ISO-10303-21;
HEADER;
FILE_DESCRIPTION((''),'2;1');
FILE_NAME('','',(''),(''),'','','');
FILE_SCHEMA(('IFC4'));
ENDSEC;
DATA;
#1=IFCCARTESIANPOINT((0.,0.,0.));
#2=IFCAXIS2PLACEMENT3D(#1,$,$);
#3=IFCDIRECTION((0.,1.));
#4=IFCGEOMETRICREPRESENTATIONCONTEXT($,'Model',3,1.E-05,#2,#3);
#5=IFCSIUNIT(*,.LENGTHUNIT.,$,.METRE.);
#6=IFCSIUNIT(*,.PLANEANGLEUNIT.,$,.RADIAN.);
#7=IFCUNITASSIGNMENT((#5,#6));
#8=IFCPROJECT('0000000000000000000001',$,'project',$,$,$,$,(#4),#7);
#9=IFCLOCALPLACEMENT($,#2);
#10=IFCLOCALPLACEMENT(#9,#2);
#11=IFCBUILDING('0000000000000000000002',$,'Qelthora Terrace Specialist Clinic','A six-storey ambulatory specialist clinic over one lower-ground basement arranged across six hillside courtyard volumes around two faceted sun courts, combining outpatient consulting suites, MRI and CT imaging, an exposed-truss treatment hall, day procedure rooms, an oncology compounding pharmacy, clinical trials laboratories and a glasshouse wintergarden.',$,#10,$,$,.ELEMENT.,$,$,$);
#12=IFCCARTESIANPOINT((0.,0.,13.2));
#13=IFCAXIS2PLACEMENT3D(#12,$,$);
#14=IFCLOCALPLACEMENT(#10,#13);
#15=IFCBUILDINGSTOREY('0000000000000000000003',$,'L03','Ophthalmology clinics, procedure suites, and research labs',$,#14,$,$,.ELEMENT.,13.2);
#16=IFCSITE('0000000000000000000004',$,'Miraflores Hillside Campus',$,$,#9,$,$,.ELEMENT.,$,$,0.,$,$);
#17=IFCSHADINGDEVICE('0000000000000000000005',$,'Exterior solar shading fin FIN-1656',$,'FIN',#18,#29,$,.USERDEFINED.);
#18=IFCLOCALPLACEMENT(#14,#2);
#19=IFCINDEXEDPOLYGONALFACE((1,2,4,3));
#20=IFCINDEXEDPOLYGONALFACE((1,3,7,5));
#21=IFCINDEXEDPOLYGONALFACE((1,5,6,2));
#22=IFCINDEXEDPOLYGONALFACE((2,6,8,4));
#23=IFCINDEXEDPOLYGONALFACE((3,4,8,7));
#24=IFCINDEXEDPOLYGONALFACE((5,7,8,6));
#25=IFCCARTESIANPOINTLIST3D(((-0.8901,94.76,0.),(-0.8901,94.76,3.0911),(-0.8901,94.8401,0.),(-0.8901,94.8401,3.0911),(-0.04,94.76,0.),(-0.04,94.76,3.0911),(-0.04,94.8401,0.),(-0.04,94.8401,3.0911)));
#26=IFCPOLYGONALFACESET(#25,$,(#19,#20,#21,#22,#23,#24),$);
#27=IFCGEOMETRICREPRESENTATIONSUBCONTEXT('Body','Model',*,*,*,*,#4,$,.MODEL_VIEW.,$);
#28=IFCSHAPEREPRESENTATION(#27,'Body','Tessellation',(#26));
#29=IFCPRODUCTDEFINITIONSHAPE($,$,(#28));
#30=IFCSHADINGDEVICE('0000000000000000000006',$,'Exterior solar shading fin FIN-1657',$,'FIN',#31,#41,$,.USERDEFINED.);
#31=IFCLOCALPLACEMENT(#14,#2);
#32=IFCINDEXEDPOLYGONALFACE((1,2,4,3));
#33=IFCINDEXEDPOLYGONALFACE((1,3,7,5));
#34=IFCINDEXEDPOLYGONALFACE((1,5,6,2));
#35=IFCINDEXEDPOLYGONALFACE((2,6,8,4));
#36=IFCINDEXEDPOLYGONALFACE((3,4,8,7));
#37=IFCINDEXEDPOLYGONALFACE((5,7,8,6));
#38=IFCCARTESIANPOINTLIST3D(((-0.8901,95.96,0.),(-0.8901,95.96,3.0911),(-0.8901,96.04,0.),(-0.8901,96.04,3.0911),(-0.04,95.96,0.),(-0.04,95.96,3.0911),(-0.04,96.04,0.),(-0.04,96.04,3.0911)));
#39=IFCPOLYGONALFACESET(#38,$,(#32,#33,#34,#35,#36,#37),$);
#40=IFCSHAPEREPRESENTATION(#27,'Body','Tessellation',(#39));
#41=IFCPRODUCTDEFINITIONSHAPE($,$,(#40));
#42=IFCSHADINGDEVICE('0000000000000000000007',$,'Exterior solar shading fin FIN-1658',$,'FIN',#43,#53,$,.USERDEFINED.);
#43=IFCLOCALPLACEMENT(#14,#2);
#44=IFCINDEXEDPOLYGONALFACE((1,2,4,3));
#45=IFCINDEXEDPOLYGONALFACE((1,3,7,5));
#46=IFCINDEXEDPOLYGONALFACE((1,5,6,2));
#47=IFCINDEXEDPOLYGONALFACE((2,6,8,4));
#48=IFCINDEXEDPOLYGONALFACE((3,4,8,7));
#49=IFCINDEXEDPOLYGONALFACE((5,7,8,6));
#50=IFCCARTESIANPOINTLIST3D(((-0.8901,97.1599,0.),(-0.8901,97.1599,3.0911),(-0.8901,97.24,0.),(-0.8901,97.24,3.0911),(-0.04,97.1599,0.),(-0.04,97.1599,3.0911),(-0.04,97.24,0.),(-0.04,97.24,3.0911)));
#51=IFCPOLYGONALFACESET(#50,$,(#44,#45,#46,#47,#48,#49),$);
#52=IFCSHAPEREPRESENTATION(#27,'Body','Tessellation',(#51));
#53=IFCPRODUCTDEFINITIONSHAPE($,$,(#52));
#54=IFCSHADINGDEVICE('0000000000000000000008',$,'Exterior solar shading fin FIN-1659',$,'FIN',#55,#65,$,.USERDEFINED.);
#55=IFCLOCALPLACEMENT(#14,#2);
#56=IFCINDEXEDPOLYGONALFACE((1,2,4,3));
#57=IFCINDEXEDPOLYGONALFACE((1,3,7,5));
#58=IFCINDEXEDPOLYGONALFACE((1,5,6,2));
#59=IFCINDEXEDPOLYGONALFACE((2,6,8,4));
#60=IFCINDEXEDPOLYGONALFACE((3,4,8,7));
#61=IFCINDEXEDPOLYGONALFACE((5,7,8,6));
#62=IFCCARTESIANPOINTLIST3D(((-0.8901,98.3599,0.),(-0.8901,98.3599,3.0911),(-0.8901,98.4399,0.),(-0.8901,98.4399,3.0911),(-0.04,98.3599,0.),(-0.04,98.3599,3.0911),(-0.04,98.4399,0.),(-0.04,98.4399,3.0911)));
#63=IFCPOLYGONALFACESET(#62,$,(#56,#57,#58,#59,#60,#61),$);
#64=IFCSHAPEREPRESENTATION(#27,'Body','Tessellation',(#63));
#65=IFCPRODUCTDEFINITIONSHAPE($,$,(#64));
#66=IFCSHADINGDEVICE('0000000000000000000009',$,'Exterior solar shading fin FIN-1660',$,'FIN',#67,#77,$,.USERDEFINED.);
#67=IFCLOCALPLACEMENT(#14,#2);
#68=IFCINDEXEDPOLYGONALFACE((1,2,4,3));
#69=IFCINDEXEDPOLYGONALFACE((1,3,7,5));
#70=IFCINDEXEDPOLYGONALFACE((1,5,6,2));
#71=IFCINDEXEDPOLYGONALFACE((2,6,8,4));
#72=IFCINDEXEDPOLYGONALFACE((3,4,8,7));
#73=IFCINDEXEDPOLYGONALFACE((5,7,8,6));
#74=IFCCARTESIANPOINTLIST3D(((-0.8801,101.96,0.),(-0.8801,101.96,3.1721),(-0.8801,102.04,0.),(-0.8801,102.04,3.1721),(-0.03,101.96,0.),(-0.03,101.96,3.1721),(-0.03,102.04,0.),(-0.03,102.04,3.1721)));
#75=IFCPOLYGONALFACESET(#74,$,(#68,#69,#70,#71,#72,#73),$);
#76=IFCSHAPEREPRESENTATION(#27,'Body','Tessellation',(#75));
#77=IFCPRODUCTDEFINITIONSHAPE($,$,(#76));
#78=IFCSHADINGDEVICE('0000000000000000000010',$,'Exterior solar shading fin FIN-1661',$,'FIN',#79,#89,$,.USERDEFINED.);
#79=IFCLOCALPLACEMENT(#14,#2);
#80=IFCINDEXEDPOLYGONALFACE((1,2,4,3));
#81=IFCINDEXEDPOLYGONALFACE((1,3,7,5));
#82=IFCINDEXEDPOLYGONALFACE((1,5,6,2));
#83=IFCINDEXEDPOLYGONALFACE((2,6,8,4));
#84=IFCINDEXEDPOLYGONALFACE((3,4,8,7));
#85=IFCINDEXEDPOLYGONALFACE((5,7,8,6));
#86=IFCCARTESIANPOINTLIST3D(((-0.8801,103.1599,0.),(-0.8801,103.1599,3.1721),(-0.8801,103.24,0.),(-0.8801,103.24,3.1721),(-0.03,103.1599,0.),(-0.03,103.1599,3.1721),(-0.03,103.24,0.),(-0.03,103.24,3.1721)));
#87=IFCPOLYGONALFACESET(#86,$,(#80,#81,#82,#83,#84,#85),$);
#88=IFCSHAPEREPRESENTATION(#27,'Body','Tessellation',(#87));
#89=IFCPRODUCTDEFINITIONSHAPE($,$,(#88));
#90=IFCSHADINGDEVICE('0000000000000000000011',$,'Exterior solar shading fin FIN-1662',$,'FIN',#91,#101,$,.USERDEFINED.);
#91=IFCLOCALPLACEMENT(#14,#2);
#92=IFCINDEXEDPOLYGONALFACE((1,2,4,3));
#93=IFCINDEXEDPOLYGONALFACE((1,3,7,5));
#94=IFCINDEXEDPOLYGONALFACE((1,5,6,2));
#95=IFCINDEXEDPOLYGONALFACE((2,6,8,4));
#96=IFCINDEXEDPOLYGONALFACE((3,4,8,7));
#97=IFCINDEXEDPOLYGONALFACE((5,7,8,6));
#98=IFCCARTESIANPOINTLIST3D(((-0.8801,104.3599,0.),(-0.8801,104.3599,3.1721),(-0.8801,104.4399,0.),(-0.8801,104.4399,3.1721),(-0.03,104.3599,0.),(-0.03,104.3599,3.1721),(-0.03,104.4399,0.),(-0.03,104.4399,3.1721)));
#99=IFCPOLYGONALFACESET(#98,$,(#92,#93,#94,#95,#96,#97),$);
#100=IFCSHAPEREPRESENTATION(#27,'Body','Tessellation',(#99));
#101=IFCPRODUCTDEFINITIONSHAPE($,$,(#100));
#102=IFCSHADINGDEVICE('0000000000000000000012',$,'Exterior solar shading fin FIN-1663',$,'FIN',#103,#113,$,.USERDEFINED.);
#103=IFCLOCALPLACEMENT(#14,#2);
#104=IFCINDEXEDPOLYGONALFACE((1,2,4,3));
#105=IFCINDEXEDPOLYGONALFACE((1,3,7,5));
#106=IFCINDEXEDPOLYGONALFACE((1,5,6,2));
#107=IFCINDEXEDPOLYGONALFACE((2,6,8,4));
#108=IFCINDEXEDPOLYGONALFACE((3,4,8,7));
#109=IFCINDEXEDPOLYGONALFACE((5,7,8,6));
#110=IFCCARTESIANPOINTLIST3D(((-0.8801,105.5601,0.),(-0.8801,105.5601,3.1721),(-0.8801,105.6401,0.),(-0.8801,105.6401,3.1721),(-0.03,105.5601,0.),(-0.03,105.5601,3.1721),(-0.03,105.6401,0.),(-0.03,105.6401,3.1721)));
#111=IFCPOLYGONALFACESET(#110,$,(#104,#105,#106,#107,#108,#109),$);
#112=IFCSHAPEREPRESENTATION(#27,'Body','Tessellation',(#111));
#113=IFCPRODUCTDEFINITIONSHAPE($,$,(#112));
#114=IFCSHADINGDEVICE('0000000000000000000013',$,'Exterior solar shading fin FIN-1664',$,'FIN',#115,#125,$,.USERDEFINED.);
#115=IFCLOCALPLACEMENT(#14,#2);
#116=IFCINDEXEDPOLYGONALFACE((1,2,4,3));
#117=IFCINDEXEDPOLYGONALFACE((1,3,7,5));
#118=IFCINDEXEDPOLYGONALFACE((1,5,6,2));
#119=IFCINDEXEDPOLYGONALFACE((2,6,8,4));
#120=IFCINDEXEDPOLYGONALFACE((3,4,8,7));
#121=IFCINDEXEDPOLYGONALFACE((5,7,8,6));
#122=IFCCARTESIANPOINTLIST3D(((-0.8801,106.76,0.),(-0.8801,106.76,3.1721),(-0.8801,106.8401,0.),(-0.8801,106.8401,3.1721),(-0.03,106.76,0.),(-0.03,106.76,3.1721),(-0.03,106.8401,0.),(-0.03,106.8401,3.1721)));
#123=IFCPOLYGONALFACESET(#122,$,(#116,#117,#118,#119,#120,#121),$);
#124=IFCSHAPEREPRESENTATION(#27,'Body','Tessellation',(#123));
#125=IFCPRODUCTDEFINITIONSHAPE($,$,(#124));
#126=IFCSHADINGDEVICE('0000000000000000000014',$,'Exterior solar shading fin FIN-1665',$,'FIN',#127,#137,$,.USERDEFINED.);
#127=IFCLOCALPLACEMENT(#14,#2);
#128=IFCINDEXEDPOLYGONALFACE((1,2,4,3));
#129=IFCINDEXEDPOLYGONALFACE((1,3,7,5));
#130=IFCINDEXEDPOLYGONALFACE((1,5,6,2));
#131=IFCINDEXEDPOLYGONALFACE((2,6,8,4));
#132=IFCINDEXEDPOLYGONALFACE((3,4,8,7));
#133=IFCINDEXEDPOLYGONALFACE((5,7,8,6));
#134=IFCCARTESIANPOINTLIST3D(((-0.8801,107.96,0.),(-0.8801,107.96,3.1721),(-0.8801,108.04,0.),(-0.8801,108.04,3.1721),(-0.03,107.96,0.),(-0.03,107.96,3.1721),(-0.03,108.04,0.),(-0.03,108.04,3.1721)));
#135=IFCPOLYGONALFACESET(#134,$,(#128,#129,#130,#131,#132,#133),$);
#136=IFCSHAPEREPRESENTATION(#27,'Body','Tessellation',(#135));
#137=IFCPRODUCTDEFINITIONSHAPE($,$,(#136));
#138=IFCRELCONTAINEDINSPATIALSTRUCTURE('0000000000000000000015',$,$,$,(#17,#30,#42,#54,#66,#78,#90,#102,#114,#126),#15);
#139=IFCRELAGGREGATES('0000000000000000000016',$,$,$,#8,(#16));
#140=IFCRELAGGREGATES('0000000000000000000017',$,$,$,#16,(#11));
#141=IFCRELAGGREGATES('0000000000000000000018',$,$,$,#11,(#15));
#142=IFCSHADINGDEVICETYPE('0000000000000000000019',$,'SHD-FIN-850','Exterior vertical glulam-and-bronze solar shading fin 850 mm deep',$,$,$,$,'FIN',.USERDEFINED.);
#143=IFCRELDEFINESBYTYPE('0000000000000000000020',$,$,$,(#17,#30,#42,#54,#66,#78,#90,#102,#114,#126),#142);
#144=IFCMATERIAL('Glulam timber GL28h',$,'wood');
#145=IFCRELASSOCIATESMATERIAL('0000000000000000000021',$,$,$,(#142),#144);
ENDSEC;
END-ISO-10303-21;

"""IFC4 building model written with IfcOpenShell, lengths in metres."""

from ifc_helpers import new_model, si_unit, direction, frame, origin, origin_2d, place, context, subcontext, project, spatial, rectangle, extrude, material, type_object, element, save


model = new_model("IFC4")

# Units and contexts
model_context = context("Model", 3, precision=1e-05, world=origin(), true_north=direction((0.0, 1.0)))
body_context = subcontext(model_context, "Body", "Model", "MODEL_VIEW")
ifc_project = project(units=[si_unit("LENGTHUNIT", "METRE"), si_unit("PLANEANGLEUNIT", "RADIAN")], contexts=[model_context])

# Site, building, storey
site_placement = place(None, origin())
site = spatial("IfcSite", under=ifc_project, at=site_placement, Name="Miraflores Hillside Campus", CompositionType="ELEMENT", RefElevation=0.0)
building_placement = place(site_placement, origin())
building = spatial("IfcBuilding", under=site, at=building_placement, Name="Qelthora Terrace Specialist Clinic", Description="A six-storey ambulatory specialist clinic over one lower-ground basement arranged across six hillside courtyard volumes around two faceted sun courts, combining outpatient consulting suites, MRI and CT imaging, an exposed-truss treatment hall, day procedure rooms, an oncology compounding pharmacy, clinical trials laboratories and a glasshouse wintergarden.", CompositionType="ELEMENT")
storey_placement = place(building_placement, frame((0.0, 0.0, 13.2)))
storey = spatial("IfcBuildingStorey", under=building, at=storey_placement, Name="L03", Description="Ophthalmology clinics, procedure suites, and research labs", CompositionType="ELEMENT", Elevation=13.2)

# Shared definitions
ifc_material_1 = material(Name="Glulam timber GL28h", Category="wood")

# Shading devices
shading_device_type = type_object("IfcShadingDeviceType", Name="SHD-FIN-850", Description="Exterior vertical glulam-and-bronze solar shading fin 850 mm deep", ElementType="FIN", PredefinedType="USERDEFINED", material=ifc_material_1)
for number, where, z_axis, x_axis, name in (
    (1, (-0.4651, 94.8, 0.0), (0.0, 0.0, 1.0), (-1.0, 0.0, 0.0), "Exterior solar shading fin FIN-1656"),
    (2, (-0.4651, 96.0, 0.0), (0.0, 0.0, 1.0), (-1.0, 0.0, 0.0), "Exterior solar shading fin FIN-1657"),
    (3, (-0.4651, 97.2, 0.0), (0.0, 0.0, 1.0), (-1.0, 0.0, 0.0), "Exterior solar shading fin FIN-1658"),
    (4, (-0.4651, 98.3999, 0.0), (0.0, 0.0, 1.0), (-1.0, 0.0, 0.0), "Exterior solar shading fin FIN-1659"),
):
    element("IfcShadingDevice", number, at=place(storey_placement, frame(where, z_axis=z_axis, x_axis=x_axis)), inside=storey, type_object=shading_device_type, Name=name, ObjectType="FIN", PredefinedType="USERDEFINED", context=body_context, shape_type="SweptSolid", body=[
        extrude(rectangle(XDim=0.8501, YDim=0.0801, at=origin_2d()), origin(), (0.0, 0.0, 1.0), 3.0911),
    ])
for number, where, z_axis, x_axis, name in (
    (5, (-0.4551, 102.0, 0.0), (0.0, 0.0, 1.0), (-1.0, 0.0, 0.0), "Exterior solar shading fin FIN-1660"),
    (6, (-0.4551, 103.2, 0.0), (0.0, 0.0, 1.0), (-1.0, 0.0, 0.0), "Exterior solar shading fin FIN-1661"),
    (7, (-0.4551, 104.3999, 0.0), (0.0, 0.0, 1.0), (-1.0, 0.0, 0.0), "Exterior solar shading fin FIN-1662"),
    (8, (-0.4551, 105.6001, 0.0), (0.0, 0.0, 1.0), (-1.0, 0.0, 0.0), "Exterior solar shading fin FIN-1663"),
    (9, (-0.4551, 106.8, 0.0), (0.0, 0.0, 1.0), (-1.0, 0.0, 0.0), "Exterior solar shading fin FIN-1664"),
    (10, (-0.4551, 108.0, 0.0), (0.0, 0.0, 1.0), (-1.0, 0.0, 0.0), "Exterior solar shading fin FIN-1665"),
):
    element("IfcShadingDevice", number, at=place(storey_placement, frame(where, z_axis=z_axis, x_axis=x_axis)), inside=storey, type_object=shading_device_type, Name=name, ObjectType="FIN", PredefinedType="USERDEFINED", context=body_context, shape_type="SweptSolid", body=[
        extrude(rectangle(XDim=0.8501, YDim=0.0801, at=origin_2d()), origin(), (0.0, 0.0, 1.0), 3.1721),
    ])

save(model, "model.ifc")
